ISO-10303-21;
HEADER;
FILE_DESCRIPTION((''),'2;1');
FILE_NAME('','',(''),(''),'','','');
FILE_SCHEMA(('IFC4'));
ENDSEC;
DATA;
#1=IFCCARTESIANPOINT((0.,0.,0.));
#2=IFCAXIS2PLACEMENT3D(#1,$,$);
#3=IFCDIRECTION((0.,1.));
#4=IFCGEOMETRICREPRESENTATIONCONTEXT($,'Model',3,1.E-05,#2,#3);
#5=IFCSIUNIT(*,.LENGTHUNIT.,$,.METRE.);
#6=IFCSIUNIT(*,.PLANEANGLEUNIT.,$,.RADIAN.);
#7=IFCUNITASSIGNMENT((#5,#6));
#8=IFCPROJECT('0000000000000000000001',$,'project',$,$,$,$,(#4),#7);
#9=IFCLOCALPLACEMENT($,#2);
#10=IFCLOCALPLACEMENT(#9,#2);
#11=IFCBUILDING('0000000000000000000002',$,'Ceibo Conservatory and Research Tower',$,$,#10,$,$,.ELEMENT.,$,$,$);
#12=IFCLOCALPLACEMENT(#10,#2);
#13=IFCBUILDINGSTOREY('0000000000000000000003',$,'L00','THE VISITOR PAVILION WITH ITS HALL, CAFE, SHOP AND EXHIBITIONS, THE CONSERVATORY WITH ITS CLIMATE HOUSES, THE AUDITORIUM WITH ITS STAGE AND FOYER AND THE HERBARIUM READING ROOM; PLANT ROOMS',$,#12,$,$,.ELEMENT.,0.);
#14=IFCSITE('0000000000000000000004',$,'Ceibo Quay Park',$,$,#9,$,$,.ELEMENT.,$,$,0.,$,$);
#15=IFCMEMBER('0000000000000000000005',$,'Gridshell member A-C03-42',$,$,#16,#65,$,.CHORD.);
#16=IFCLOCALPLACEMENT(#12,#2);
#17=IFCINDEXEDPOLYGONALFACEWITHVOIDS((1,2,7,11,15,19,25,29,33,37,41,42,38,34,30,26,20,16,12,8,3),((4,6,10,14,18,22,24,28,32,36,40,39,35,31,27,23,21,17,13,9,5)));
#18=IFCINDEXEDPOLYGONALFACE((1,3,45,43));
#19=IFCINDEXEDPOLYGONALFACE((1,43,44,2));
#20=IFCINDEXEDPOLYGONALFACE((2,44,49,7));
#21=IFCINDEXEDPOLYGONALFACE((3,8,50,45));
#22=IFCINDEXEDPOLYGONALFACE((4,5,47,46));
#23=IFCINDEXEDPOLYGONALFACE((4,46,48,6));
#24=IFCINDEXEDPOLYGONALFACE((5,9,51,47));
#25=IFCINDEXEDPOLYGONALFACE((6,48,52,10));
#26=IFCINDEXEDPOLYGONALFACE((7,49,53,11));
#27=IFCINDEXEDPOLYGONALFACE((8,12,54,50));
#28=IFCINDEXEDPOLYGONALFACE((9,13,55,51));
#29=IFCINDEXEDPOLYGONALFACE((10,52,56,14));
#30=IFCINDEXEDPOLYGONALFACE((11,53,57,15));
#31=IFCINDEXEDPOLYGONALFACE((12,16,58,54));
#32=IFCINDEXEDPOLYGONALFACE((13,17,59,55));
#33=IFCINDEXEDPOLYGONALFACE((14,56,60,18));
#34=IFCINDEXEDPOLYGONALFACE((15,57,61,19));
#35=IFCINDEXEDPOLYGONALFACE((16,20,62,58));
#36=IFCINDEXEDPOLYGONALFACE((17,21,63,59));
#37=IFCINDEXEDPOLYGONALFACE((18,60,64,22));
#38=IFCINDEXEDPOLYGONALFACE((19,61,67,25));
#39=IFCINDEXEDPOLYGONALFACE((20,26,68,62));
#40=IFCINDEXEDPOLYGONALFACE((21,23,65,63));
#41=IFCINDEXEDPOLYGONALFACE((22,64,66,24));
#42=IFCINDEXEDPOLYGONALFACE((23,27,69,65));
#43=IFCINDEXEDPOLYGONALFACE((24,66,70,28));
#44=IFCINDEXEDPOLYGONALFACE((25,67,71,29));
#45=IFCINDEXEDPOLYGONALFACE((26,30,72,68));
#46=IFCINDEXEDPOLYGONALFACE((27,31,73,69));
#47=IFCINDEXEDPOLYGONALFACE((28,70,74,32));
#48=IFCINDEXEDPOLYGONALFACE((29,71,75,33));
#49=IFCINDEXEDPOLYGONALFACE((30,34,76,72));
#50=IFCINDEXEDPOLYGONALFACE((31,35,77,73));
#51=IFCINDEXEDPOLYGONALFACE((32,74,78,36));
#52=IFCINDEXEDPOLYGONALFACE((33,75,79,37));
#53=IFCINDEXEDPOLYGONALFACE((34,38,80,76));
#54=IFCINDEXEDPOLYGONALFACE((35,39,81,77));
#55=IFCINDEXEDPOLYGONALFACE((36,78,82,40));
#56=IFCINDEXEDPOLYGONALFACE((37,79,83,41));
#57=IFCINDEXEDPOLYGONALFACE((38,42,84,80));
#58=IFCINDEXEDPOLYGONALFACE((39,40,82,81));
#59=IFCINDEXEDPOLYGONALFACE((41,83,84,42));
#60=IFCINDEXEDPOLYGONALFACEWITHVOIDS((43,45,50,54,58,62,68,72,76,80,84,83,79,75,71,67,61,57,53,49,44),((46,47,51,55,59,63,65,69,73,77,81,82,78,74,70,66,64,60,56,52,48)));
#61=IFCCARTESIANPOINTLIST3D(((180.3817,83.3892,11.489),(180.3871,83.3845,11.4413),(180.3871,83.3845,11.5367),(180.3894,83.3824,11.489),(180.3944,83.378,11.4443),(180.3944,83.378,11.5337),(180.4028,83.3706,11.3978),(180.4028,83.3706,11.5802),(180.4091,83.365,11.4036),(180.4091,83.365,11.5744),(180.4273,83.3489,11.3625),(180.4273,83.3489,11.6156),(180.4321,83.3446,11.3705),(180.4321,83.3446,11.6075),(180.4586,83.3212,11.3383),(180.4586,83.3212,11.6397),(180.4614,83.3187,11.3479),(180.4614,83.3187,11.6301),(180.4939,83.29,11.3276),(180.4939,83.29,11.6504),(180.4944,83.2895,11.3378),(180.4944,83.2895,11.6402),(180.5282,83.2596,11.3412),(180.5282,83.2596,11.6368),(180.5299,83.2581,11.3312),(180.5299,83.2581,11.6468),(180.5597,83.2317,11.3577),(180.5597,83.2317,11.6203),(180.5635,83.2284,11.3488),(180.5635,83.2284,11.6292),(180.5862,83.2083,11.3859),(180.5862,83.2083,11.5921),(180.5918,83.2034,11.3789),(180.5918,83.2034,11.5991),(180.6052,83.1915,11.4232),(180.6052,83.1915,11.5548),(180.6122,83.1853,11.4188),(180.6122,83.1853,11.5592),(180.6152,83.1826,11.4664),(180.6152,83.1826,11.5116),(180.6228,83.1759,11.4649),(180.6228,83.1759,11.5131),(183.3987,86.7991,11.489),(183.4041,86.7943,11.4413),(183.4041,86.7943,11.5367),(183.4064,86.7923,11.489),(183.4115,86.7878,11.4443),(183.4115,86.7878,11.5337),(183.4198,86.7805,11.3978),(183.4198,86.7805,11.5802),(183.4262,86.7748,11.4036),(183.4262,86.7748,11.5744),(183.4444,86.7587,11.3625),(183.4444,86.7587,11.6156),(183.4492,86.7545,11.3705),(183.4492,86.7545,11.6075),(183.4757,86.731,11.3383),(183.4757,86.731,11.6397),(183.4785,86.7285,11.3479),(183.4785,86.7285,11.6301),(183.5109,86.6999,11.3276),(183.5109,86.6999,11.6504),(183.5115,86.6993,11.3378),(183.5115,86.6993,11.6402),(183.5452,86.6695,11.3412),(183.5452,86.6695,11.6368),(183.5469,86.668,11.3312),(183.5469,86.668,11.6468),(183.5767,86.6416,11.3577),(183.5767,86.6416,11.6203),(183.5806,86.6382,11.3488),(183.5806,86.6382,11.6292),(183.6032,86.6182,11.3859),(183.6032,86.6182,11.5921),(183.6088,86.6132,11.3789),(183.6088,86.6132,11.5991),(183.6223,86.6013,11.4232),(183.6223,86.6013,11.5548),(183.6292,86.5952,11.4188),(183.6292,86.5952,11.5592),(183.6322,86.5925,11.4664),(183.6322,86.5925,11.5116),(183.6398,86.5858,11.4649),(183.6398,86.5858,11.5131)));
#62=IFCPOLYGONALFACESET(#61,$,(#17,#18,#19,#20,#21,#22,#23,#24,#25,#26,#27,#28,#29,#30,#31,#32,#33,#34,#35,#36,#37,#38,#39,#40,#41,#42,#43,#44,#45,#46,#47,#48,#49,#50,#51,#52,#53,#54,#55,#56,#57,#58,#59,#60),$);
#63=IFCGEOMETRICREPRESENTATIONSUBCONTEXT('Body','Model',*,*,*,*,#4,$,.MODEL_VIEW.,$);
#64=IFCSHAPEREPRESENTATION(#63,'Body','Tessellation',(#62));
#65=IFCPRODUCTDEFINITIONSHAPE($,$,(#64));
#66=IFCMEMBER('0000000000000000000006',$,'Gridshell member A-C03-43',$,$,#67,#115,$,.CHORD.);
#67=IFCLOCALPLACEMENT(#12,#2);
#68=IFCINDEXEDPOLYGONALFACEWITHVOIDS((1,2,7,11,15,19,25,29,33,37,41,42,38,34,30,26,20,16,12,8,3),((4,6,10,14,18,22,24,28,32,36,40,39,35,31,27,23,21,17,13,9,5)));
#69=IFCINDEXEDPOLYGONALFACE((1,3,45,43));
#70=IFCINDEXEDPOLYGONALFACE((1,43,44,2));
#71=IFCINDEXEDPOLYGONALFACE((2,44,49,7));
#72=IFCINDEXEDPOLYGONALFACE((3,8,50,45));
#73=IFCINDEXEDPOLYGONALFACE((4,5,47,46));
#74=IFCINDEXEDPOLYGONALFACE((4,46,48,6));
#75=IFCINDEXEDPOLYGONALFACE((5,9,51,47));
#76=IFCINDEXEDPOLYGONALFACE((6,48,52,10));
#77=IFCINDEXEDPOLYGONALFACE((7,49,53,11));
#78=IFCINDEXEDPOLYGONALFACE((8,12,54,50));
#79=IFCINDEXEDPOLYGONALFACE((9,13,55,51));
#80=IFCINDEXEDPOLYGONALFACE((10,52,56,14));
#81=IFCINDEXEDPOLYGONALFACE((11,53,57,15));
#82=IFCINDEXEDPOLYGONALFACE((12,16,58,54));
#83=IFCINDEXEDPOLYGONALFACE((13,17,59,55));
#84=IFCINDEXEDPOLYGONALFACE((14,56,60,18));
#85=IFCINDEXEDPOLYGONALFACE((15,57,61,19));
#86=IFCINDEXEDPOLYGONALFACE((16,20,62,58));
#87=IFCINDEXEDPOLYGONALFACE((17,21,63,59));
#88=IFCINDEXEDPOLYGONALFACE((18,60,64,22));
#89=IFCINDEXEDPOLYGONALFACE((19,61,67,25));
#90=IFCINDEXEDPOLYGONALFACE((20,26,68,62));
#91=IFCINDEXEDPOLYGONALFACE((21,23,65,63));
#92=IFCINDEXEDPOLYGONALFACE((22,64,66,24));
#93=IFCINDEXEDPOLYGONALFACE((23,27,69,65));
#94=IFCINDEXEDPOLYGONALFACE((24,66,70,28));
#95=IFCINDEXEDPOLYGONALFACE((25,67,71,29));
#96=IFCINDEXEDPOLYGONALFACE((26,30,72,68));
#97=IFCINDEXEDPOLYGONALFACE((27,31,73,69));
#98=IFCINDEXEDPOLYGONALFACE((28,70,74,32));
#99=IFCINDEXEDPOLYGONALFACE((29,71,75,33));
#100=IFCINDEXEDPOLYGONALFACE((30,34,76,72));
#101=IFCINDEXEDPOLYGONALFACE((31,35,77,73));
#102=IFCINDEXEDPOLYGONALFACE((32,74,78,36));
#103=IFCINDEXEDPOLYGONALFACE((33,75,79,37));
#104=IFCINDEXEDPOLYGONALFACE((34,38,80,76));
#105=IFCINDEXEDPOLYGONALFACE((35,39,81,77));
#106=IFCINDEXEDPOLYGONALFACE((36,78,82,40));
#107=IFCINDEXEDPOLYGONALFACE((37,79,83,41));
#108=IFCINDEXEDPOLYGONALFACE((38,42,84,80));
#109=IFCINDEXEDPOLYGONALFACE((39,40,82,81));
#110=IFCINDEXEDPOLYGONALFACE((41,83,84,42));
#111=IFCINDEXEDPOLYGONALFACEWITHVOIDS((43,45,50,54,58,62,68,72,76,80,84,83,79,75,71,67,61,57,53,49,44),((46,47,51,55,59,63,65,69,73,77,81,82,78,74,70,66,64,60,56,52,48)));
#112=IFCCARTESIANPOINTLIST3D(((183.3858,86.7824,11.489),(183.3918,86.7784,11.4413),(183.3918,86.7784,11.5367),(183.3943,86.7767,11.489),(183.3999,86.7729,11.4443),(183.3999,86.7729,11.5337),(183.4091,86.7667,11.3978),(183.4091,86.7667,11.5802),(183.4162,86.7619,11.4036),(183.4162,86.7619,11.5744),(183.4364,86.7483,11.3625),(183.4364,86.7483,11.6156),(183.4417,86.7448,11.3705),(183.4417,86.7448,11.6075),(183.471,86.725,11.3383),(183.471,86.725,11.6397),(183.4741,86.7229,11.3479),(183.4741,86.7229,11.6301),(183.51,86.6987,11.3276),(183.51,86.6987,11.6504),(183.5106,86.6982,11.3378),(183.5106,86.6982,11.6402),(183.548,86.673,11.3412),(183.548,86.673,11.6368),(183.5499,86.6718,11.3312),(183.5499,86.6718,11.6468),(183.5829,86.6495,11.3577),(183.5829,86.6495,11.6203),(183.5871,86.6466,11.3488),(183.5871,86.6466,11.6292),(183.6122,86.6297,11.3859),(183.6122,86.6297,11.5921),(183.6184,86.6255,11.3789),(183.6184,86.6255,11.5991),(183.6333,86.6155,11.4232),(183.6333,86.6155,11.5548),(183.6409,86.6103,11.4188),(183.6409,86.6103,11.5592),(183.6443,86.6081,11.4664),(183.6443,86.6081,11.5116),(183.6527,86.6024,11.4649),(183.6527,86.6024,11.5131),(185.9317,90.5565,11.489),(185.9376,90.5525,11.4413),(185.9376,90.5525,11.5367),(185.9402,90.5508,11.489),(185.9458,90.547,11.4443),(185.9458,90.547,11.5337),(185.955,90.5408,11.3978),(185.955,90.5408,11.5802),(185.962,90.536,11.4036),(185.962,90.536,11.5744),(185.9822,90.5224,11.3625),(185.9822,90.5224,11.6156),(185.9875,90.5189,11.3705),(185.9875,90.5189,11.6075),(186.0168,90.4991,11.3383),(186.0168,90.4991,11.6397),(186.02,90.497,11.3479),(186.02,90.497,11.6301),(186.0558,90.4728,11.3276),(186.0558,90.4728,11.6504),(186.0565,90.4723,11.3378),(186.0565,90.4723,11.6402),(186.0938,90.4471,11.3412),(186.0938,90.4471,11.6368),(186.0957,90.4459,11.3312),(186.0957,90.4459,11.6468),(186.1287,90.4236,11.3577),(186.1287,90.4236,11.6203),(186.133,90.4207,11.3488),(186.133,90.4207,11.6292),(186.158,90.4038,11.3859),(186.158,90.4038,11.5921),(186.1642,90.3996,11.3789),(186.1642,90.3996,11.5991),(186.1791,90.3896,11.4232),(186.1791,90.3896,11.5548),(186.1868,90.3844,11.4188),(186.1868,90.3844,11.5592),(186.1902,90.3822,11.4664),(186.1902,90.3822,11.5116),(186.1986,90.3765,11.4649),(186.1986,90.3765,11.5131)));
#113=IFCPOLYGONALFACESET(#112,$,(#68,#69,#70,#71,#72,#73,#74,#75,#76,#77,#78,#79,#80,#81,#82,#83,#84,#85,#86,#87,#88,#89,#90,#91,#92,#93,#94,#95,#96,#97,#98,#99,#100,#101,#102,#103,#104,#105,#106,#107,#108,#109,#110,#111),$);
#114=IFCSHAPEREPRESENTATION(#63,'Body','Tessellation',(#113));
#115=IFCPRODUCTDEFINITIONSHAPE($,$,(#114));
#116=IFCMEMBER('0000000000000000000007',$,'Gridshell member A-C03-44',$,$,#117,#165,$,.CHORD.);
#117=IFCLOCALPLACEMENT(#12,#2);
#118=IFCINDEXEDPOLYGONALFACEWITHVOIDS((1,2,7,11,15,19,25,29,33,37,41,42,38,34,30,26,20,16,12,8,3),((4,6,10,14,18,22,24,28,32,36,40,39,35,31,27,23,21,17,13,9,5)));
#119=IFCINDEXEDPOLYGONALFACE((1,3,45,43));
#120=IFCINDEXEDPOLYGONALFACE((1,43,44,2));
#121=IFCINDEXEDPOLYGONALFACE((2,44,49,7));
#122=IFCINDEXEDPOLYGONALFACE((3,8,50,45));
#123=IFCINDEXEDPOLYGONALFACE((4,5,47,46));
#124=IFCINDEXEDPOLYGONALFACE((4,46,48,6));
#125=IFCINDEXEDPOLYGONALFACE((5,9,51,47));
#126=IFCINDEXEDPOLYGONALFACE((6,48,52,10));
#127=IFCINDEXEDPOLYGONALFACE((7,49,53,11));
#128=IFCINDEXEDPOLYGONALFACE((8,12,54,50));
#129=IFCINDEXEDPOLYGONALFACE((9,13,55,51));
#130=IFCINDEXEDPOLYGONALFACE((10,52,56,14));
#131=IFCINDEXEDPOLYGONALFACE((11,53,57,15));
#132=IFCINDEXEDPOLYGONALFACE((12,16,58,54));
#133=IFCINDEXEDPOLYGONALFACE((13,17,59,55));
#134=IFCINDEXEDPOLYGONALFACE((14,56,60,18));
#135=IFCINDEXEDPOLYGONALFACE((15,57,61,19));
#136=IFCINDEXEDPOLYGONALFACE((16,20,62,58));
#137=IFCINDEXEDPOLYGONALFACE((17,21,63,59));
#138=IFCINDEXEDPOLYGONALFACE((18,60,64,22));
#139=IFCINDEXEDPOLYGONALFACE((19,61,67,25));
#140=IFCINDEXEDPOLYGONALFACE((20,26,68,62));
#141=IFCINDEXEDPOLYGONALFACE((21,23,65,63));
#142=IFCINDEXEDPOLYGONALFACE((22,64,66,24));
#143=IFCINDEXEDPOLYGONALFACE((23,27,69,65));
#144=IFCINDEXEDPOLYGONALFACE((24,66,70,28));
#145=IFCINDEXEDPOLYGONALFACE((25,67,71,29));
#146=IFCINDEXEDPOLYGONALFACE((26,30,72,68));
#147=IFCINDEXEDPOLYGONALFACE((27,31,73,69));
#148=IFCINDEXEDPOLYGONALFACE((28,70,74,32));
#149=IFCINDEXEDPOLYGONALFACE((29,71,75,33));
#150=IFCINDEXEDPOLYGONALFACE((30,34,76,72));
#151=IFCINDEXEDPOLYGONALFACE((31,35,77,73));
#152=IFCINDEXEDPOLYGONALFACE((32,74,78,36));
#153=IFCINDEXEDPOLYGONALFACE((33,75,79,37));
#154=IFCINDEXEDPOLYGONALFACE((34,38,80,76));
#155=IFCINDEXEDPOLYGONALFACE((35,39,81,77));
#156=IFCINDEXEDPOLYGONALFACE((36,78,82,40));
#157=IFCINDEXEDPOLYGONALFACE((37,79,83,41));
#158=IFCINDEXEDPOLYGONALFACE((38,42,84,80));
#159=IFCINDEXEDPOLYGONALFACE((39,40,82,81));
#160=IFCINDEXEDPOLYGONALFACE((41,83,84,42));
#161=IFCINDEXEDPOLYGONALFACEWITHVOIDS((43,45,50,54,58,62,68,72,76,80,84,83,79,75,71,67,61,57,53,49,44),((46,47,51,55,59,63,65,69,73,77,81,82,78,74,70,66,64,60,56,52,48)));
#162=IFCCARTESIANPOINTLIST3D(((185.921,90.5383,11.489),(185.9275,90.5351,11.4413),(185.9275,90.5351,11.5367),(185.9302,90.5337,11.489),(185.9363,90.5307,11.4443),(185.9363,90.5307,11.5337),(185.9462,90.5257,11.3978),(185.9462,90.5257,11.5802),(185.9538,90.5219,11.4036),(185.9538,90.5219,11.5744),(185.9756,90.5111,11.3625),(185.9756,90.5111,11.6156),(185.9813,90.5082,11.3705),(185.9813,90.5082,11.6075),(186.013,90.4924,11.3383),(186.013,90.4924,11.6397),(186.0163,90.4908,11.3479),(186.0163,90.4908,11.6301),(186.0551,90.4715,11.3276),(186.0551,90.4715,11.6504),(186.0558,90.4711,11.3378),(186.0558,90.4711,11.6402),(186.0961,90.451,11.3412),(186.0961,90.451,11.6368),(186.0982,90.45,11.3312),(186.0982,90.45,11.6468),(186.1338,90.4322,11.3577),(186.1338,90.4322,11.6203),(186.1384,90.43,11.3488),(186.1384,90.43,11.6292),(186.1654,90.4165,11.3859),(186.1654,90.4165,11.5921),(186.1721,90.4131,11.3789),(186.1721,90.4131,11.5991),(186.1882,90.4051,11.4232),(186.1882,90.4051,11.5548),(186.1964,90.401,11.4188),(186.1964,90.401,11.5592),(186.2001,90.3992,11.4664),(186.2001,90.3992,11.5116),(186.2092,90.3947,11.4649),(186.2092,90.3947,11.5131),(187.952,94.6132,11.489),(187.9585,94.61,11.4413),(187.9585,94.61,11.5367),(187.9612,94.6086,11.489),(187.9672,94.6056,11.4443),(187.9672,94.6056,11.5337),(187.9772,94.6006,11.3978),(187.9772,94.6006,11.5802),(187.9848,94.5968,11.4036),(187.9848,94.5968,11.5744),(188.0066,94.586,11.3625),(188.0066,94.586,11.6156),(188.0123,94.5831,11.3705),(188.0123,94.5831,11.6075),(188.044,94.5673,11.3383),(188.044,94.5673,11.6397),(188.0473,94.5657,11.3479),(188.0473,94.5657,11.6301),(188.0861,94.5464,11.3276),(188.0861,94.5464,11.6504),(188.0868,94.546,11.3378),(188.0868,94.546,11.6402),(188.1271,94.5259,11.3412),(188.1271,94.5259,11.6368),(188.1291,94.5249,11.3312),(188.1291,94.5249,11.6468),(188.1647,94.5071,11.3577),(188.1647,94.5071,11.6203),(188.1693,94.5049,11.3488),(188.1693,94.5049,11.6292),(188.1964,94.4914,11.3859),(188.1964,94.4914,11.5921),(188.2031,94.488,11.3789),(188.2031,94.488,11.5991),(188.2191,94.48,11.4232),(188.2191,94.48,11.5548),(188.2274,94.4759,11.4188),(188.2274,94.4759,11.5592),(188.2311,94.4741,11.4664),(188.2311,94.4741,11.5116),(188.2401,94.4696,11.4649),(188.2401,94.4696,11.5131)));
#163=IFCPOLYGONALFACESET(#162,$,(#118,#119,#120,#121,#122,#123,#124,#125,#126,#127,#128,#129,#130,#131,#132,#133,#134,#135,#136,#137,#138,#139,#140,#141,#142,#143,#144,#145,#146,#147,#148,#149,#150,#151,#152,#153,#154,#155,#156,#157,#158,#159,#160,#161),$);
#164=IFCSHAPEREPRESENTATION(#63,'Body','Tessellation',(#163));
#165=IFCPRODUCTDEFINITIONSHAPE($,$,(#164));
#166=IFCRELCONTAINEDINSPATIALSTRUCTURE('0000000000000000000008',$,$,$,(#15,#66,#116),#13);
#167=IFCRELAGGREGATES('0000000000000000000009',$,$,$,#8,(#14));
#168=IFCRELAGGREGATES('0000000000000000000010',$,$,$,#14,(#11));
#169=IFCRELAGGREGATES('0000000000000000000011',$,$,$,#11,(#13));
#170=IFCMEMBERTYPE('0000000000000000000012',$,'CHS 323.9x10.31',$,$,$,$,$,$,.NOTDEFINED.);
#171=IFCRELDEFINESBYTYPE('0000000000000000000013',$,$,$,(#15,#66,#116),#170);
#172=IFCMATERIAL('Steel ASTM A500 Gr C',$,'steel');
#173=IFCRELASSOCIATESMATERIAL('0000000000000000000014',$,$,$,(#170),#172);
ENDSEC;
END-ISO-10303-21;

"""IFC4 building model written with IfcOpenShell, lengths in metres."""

from ifc_helpers import new_model, si_unit, direction, frame, origin, origin_2d, place, context, subcontext, project, spatial, hollow_circle, extrude, material, material_profile, profile_set, type_object, element, save


model = new_model("IFC4")

# Units and contexts
model_context = context("Model", 3, precision=1e-05, world=origin(), true_north=direction((0.0, 1.0)))
body_context = subcontext(model_context, "Body", "Model", "MODEL_VIEW")
ifc_project = project(units=[si_unit("LENGTHUNIT", "METRE"), si_unit("PLANEANGLEUNIT", "RADIAN")], contexts=[model_context])

# Site, building, storey
site_placement = place(None, origin())
site = spatial("IfcSite", under=ifc_project, at=site_placement, Name="Ceibo Quay Park", CompositionType="ELEMENT", RefElevation=0.0)
building_placement = place(site_placement, origin())
building = spatial("IfcBuilding", under=site, at=building_placement, Name="Ceibo Conservatory and Research Tower", CompositionType="ELEMENT")
storey_placement = place(building_placement, origin())
storey = spatial("IfcBuildingStorey", under=building, at=storey_placement, Name="L00", Description="THE VISITOR PAVILION WITH ITS HALL, CAFE, SHOP AND EXHIBITIONS, THE CONSERVATORY WITH ITS CLIMATE HOUSES, THE AUDITORIUM WITH ITS STAGE AND FOYER AND THE HERBARIUM READING ROOM; PLANT ROOMS", CompositionType="ELEMENT", Elevation=0.0)

# Members
ifc_material_1 = material(Name="Steel ASTM A500 Gr C", Category="steel")
ifc_material_profile_1 = material_profile(ifc_material_1, hollow_circle(Radius=0.1619, WallThickness=0.0103, at=origin_2d()), Name="CHS 323.9x10.31")
ifc_profile_set_1 = profile_set([ifc_material_profile_1], Name="Steel ASTM A500 Gr C")
member_type_1 = type_object("IfcMemberType", Name="CHS 323.9x10.31", PredefinedType="NOTDEFINED", material=ifc_profile_set_1)
member_1_placement = place(storey_placement, frame((180.5029, 83.282, 11.489), z_axis=(0.662651, 0.748928, 0.0), x_axis=(-0.748928, 0.662651, 0.0)))
element("IfcMember", 1, at=member_1_placement, inside=storey, type_object=member_type_1, Name="Gridshell member A-C03-42", PredefinedType="CHORD", context=body_context, shape_type="SweptSolid", body=[
    extrude(hollow_circle(Radius=0.1619, WallThickness=0.0103, at=origin_2d()), origin(), (0.0, 0.0, 1.0), 4.553),
])
member_2_placement = place(storey_placement, frame((183.52, 86.6919, 11.489), z_axis=(0.559221, 0.829018, 0.0), x_axis=(-0.829018, 0.559221, 0.0)))
element("IfcMember", 2, at=member_2_placement, inside=storey, type_object=member_type_1, Name="Gridshell member A-C03-43", PredefinedType="CHORD", context=body_context, shape_type="SweptSolid", body=[
    extrude(hollow_circle(Radius=0.1619, WallThickness=0.0103, at=origin_2d()), origin(), (0.0, 0.0, 1.0), 4.5525),
])
member_3_placement = place(storey_placement, frame((186.0659, 90.4661, 11.489), z_axis=(0.446076, 0.894995, 0.0), x_axis=(-0.894995, 0.446076, 0.0)))
element("IfcMember", 3, at=member_3_placement, inside=storey, type_object=member_type_1, Name="Gridshell member A-C03-44", PredefinedType="CHORD", context=body_context, shape_type="SweptSolid", body=[
    extrude(hollow_circle(Radius=0.1619, WallThickness=0.0103, at=origin_2d()), origin(), (0.0, 0.0, 1.0), 4.553),
])

save(model, "model.ifc")
